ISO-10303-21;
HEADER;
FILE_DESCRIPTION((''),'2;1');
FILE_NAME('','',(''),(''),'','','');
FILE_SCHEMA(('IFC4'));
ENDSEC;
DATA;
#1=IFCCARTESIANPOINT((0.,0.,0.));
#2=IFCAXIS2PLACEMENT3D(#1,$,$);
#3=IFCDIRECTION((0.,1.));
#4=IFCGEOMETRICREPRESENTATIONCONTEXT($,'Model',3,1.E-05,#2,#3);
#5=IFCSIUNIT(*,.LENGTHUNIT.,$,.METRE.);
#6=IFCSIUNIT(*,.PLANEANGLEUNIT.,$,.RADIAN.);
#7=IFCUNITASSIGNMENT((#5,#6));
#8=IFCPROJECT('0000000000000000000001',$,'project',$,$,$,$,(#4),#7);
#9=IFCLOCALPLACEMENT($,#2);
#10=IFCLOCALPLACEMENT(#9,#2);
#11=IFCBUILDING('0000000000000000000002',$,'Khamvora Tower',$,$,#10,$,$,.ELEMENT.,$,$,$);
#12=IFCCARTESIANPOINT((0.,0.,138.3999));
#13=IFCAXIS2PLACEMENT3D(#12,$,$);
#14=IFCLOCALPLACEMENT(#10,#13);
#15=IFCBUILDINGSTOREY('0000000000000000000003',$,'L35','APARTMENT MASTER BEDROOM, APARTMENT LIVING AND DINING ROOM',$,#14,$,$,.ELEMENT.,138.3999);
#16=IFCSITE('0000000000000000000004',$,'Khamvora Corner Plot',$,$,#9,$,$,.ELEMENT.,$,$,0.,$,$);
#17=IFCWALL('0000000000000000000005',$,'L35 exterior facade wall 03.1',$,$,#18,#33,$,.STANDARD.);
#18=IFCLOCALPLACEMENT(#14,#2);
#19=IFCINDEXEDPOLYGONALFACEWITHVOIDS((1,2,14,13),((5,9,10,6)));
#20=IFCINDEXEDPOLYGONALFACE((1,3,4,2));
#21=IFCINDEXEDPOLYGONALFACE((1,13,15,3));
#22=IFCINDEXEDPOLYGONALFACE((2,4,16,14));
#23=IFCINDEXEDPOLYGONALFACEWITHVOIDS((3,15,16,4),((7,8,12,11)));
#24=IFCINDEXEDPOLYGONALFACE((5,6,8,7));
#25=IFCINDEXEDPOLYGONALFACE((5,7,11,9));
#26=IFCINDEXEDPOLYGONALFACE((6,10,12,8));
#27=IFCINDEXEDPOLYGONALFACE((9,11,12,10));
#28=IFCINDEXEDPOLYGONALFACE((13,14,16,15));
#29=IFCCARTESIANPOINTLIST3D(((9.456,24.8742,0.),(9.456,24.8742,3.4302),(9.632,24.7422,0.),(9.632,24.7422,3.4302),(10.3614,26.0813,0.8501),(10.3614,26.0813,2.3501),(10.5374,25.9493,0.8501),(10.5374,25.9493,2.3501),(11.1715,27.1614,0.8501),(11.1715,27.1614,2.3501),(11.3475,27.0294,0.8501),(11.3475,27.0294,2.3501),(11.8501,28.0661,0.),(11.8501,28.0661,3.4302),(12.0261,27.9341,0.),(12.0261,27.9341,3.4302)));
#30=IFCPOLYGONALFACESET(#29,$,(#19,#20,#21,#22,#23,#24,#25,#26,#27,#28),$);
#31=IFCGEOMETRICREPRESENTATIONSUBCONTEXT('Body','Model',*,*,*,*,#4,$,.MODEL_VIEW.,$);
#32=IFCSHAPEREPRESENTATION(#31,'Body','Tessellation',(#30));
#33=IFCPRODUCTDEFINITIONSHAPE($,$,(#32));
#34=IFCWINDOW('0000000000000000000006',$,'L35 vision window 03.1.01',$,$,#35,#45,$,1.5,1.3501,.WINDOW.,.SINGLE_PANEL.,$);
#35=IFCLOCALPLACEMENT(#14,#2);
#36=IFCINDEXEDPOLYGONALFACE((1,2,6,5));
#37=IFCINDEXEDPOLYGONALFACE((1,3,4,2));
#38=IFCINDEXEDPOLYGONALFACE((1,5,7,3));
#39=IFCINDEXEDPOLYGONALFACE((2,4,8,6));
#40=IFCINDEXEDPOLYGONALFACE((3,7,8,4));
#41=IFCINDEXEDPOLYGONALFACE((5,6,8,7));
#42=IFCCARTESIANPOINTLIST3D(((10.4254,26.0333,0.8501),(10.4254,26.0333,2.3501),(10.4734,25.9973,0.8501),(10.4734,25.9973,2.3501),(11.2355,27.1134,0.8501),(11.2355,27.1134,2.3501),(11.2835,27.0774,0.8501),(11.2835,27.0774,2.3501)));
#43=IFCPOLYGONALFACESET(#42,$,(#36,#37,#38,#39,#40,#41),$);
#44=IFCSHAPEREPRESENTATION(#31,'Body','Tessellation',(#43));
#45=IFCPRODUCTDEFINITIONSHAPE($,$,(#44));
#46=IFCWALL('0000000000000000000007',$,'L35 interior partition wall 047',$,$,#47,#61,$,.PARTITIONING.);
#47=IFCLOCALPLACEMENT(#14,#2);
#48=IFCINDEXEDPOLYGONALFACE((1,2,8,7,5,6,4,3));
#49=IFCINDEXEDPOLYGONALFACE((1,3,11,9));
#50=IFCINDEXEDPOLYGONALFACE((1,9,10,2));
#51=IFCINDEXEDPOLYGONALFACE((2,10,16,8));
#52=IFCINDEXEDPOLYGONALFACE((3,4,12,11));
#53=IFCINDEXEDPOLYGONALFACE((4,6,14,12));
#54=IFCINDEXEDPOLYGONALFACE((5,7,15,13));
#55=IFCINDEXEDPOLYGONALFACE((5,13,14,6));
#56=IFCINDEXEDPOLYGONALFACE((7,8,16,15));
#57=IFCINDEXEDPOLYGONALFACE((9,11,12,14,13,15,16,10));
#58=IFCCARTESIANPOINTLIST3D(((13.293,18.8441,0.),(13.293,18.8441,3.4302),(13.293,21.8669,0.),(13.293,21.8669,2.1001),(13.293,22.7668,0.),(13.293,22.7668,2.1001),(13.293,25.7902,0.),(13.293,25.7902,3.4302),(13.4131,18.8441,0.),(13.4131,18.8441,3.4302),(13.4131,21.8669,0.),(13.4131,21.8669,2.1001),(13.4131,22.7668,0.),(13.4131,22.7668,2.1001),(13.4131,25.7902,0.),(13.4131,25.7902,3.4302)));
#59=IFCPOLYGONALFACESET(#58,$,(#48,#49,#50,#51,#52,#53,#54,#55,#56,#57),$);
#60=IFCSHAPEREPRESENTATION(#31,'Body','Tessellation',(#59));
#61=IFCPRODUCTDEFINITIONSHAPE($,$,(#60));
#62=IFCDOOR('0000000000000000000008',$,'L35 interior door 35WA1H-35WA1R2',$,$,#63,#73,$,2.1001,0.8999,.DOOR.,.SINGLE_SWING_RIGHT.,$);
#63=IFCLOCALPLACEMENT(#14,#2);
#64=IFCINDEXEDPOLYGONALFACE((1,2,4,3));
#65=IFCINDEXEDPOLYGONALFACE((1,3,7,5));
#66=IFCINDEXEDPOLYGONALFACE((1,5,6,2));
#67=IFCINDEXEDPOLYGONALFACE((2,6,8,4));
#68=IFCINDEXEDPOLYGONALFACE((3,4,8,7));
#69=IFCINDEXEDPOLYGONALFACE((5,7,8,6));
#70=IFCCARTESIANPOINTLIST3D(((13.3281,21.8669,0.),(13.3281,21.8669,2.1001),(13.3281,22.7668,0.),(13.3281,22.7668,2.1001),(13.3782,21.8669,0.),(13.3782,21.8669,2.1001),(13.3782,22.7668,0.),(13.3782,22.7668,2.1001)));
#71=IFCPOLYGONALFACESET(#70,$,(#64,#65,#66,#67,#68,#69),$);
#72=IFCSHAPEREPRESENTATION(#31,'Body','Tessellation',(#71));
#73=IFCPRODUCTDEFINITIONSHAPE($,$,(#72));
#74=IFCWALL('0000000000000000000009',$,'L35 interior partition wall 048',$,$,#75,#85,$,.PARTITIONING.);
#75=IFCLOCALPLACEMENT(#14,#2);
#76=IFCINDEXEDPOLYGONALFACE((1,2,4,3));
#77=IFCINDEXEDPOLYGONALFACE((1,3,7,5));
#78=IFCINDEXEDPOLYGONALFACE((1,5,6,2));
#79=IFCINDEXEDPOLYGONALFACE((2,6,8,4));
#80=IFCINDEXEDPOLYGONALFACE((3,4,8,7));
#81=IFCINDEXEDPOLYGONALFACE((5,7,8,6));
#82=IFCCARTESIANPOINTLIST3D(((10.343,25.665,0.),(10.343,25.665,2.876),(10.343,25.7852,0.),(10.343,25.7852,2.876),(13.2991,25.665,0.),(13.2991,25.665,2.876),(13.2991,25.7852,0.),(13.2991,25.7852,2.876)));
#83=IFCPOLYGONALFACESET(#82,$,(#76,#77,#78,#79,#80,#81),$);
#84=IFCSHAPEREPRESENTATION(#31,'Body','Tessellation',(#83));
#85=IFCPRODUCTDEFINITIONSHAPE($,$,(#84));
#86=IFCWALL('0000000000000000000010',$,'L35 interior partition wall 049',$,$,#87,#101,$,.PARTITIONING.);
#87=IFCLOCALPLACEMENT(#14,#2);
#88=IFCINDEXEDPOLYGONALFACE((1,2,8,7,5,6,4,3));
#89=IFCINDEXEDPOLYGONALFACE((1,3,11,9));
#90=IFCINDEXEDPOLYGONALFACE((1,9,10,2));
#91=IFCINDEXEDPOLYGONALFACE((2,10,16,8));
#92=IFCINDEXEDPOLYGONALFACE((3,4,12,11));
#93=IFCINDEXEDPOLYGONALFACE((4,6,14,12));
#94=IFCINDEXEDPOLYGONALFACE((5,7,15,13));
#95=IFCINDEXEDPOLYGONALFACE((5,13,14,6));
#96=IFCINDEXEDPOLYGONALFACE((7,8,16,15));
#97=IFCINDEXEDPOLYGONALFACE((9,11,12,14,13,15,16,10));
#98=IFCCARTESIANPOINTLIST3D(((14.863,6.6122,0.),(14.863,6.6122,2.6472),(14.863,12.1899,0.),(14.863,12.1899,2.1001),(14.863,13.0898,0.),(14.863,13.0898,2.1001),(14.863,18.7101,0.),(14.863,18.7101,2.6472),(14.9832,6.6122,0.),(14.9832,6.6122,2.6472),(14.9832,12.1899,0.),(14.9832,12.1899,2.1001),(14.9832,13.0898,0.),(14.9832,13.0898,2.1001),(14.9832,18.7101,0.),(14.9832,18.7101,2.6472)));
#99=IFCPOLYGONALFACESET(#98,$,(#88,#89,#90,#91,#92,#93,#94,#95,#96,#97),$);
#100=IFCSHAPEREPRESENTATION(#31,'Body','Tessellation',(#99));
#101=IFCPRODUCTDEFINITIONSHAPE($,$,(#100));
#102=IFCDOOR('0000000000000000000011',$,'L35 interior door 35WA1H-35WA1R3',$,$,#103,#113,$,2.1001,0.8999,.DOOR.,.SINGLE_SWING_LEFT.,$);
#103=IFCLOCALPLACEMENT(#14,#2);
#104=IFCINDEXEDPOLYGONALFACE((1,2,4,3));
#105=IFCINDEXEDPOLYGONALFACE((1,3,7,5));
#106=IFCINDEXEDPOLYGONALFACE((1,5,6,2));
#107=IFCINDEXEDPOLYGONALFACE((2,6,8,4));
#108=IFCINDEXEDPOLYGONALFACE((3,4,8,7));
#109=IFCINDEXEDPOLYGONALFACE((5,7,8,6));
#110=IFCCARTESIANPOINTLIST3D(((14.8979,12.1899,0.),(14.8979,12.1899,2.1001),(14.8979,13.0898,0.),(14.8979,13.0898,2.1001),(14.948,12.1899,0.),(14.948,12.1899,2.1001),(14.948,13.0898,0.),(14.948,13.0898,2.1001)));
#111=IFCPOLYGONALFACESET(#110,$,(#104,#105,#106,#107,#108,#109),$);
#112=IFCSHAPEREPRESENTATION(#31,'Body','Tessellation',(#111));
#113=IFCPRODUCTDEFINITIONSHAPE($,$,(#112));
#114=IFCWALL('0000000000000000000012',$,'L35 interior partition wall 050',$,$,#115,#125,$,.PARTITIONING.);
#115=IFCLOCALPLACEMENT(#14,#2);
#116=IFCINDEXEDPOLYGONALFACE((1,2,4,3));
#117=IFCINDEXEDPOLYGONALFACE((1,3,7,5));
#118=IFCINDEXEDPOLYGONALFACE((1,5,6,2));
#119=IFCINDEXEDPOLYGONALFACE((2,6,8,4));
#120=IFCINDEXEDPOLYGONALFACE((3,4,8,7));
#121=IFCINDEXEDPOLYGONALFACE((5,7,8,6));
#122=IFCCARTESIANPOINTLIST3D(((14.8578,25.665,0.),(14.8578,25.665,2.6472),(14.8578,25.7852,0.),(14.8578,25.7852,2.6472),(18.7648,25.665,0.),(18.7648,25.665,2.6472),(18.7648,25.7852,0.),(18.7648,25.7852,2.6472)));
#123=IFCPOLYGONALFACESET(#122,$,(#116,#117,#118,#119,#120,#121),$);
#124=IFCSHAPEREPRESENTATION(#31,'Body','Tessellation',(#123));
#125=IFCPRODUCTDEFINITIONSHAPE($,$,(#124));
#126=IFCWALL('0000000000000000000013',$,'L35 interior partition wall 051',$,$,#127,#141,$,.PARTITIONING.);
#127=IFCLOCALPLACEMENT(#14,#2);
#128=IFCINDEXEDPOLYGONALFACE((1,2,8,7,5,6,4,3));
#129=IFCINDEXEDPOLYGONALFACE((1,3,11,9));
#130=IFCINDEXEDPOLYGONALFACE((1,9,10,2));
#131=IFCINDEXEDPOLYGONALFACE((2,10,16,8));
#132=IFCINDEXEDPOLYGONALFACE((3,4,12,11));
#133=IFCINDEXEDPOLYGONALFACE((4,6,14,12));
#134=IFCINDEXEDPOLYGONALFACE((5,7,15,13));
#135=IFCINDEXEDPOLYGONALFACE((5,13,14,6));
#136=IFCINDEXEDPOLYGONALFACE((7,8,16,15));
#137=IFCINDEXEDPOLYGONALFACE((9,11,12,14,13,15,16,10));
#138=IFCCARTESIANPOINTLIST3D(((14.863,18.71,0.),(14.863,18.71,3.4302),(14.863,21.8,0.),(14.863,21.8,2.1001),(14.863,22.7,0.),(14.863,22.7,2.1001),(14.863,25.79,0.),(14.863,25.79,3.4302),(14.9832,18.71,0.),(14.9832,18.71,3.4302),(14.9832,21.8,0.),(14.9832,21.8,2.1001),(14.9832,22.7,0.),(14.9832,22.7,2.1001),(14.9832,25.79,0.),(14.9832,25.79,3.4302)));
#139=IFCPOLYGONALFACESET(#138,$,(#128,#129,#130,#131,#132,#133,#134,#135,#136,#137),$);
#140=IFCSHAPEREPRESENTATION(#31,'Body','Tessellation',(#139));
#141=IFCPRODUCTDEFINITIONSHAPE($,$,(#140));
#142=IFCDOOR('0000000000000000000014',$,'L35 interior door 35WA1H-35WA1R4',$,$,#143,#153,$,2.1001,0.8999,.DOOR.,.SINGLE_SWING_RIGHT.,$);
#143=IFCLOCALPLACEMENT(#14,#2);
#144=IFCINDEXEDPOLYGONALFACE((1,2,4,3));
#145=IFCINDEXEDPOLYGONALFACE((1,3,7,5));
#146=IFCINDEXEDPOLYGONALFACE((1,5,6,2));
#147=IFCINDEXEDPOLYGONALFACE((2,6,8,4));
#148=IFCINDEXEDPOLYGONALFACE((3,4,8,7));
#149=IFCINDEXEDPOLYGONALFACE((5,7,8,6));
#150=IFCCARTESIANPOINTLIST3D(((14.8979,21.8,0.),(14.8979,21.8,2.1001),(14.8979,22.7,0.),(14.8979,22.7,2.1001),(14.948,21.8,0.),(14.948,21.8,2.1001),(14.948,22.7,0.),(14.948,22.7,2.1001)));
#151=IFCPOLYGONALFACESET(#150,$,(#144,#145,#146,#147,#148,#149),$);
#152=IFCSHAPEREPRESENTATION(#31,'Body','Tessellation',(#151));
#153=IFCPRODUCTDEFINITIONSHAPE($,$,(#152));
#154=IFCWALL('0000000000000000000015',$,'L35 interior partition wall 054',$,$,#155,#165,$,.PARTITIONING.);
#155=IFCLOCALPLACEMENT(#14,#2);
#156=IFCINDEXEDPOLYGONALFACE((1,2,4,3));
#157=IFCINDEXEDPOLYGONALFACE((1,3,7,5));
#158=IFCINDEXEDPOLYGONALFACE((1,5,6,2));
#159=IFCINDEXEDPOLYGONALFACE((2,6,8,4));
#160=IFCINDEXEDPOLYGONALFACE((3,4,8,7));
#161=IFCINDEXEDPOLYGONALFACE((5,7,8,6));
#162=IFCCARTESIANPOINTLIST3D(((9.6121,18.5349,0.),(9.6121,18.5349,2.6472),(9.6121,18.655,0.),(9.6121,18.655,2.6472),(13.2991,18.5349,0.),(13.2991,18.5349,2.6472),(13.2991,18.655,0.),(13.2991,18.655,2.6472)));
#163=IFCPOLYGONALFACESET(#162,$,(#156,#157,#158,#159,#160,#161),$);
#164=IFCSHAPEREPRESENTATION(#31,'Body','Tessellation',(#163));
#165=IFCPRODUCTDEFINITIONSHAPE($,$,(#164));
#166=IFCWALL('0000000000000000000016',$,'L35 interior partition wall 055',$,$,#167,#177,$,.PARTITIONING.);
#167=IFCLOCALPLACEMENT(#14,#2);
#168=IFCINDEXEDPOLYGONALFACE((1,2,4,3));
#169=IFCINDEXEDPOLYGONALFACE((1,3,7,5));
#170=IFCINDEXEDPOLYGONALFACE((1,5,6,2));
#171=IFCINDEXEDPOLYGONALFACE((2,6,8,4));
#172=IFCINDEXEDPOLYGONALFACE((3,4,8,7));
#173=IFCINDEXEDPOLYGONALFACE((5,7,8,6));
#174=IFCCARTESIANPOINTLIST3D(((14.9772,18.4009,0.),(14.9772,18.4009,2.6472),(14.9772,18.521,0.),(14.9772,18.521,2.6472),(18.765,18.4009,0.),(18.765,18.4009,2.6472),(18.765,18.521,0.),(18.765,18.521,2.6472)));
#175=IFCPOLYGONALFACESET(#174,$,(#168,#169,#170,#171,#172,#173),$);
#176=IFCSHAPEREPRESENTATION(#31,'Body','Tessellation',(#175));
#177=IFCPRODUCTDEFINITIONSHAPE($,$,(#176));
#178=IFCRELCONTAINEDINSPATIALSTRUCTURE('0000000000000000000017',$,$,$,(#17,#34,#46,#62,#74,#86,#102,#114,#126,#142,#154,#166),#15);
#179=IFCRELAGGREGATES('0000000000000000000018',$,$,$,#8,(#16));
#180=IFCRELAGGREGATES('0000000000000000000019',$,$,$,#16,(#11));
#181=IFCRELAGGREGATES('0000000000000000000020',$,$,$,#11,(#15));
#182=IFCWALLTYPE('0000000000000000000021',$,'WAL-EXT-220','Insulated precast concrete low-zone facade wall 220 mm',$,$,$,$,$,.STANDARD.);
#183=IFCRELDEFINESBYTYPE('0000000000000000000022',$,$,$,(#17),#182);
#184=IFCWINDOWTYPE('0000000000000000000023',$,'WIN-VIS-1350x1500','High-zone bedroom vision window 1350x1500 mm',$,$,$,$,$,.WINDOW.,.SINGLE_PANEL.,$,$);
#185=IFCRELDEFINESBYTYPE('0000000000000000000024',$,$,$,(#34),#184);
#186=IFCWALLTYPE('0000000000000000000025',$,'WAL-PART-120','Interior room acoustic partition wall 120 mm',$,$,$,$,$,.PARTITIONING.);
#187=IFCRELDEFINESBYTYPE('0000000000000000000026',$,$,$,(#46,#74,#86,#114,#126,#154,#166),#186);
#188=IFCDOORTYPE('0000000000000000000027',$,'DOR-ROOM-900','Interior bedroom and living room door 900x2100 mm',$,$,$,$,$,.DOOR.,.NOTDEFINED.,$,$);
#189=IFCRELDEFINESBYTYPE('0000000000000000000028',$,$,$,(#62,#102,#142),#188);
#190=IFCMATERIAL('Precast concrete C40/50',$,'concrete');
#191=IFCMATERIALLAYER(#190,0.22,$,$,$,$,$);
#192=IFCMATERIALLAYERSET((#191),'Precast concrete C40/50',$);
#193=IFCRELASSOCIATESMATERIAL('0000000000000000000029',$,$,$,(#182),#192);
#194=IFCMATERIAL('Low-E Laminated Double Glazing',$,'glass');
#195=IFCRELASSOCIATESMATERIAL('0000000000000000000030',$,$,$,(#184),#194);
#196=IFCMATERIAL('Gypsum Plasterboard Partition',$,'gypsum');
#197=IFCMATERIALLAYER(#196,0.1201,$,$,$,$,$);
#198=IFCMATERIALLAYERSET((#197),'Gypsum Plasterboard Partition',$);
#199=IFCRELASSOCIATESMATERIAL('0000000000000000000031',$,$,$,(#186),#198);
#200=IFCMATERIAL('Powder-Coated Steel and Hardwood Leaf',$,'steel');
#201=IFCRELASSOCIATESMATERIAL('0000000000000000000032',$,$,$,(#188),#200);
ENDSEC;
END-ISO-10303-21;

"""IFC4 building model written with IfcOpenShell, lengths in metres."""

from ifc_helpers import new_model, si_unit, direction, frame, frame_2d, origin, place, context, subcontext, project, spatial, rectangle, extrude, material, layer, layer_set, type_object, element, fill, save


model = new_model("IFC4")

# Units and contexts
model_context = context("Model", 3, precision=1e-05, world=origin(), true_north=direction((0.0, 1.0)))
body_context = subcontext(model_context, "Body", "Model", "MODEL_VIEW")
ifc_project = project(units=[si_unit("LENGTHUNIT", "METRE"), si_unit("PLANEANGLEUNIT", "RADIAN")], contexts=[model_context])

# Site, building, storey
site_placement = place(None, origin())
site = spatial("IfcSite", under=ifc_project, at=site_placement, Name="Khamvora Corner Plot", CompositionType="ELEMENT", RefElevation=0.0)
building_placement = place(site_placement, origin())
building = spatial("IfcBuilding", under=site, at=building_placement, Name="Khamvora Tower", CompositionType="ELEMENT")
storey_placement = place(building_placement, frame((0.0, 0.0, 138.3999)))
storey = spatial("IfcBuildingStorey", under=building, at=storey_placement, Name="L35", Description="APARTMENT MASTER BEDROOM, APARTMENT LIVING AND DINING ROOM", CompositionType="ELEMENT", Elevation=138.3999)

# Wall, opening, window
ifc_material_1 = material(Name="Precast concrete C40/50", Category="concrete")
ifc_layer_1 = layer(ifc_material_1, 0.22)
ifc_layer_set_1 = layer_set([ifc_layer_1], Name="Precast concrete C40/50")
wall_type_1 = type_object("IfcWallType", Name="WAL-EXT-220", Description="Insulated precast concrete low-zone facade wall 220 mm", PredefinedType="STANDARD", material=ifc_layer_set_1)
wall_1_placement = place(storey_placement, frame((9.5439, 24.8081, 0.0), z_axis=(0.0, 0.0, 1.0), x_axis=(0.60002, 0.799985, 0.0)))
wall_1 = element("IfcWall", 1, at=wall_1_placement, inside=storey, type_object=wall_type_1, Name="L35 exterior facade wall 03.1", PredefinedType="STANDARD", context=body_context, shape_type="SweptSolid", body=[
    extrude(rectangle(XDim=3.99, YDim=0.22, at=frame_2d((1.9951, 0.0))), origin(), (0.0, 0.0, 1.0), 3.4302),
])
opening_1_placement = place(wall_1_placement, frame((1.509, 0.0, 0.8501)))
opening_1 = element("IfcOpeningElement", 2, at=opening_1_placement, cuts=wall_1, PredefinedType="OPENING", context=body_context, shape_type="SweptSolid", body=[
    extrude(rectangle(XDim=1.3501, YDim=1.5, at=frame_2d((0.675, 0.75))), frame((0.0, 0.1199, 0.0), z_axis=(0.0, -1.0, 0.0), x_axis=(1.0, 0.0, 0.0)), (0.0, 0.0, 1.0), 0.24),
])
ifc_material_2 = material(Name="Low-E Laminated Double Glazing", Category="glass")
window_type = type_object("IfcWindowType", Name="WIN-VIS-1350x1500", Description="High-zone bedroom vision window 1350x1500 mm", PartitioningType="SINGLE_PANEL", PredefinedType="WINDOW", material=ifc_material_2)
window_placement = place(opening_1_placement, origin())
window = element("IfcWindow", 3, at=window_placement, inside=storey, type_object=window_type, Name="L35 vision window 03.1.01", OverallHeight=1.5, OverallWidth=1.3501, PartitioningType="SINGLE_PANEL", PredefinedType="WINDOW", context=body_context, shape_type="SweptSolid", body=[
    extrude(rectangle(XDim=1.3501, YDim=1.5, at=frame_2d((0.675, 0.75))), frame((0.0, 0.03, 0.0), z_axis=(0.0, -1.0, 0.0), x_axis=(1.0, 0.0, 0.0)), (0.0, 0.0, 1.0), 0.0601),
])
fill(opening_1, window)

# Wall, opening, door
ifc_material_3 = material(Name="Gypsum Plasterboard Partition", Category="gypsum")
ifc_layer_2 = layer(ifc_material_3, 0.1201)
ifc_layer_set_2 = layer_set([ifc_layer_2], Name="Gypsum Plasterboard Partition")
wall_type_2 = type_object("IfcWallType", Name="WAL-PART-120", Description="Interior room acoustic partition wall 120 mm", PredefinedType="PARTITIONING", material=ifc_layer_set_2)
wall_2_placement = place(storey_placement, frame((13.353, 18.844, 0.0), z_axis=(0.0, 0.0, 1.0), x_axis=(0.0, 1.0, 0.0)))
wall_2 = element("IfcWall", 4, at=wall_2_placement, inside=storey, type_object=wall_type_2, Name="L35 interior partition wall 047", PredefinedType="PARTITIONING", context=body_context, shape_type="SweptSolid", body=[
    extrude(rectangle(XDim=6.946, YDim=0.1201, at=frame_2d((3.4731, 0.0))), origin(), (0.0, 0.0, 1.0), 3.4302),
])
opening_2_placement = place(wall_2_placement, frame((3.0229, 0.0, 0.0)))
opening_2 = element("IfcOpeningElement", 5, at=opening_2_placement, cuts=wall_2, PredefinedType="OPENING", context=body_context, shape_type="SweptSolid", body=[
    extrude(rectangle(XDim=0.8999, YDim=2.1001, at=frame_2d((0.45, 1.05))), frame((0.0, 0.0701, 0.0), z_axis=(0.0, -1.0, 0.0), x_axis=(1.0, 0.0, 0.0)), (0.0, 0.0, 1.0), 0.1401),
])
ifc_material_4 = material(Name="Powder-Coated Steel and Hardwood Leaf", Category="steel")
door_type_1 = type_object("IfcDoorType", Name="DOR-ROOM-900", Description="Interior bedroom and living room door 900x2100 mm", OperationType="NOTDEFINED", PredefinedType="DOOR", material=ifc_material_4)
door_1_placement = place(opening_2_placement, origin())
door_1 = element("IfcDoor", 6, at=door_1_placement, inside=storey, type_object=door_type_1, Name="L35 interior door 35WA1H-35WA1R2", OperationType="SINGLE_SWING_RIGHT", OverallHeight=2.1001, OverallWidth=0.8999, PredefinedType="DOOR", context=body_context, shape_type="SweptSolid", body=[
    extrude(rectangle(XDim=0.8999, YDim=2.1001, at=frame_2d((0.45, 1.05))), frame((0.0, 0.0249, 0.0), z_axis=(0.0, -1.0, 0.0), x_axis=(1.0, 0.0, 0.0)), (0.0, 0.0, 1.0), 0.05),
])
fill(opening_2, door_1)

# Wall
wall_3_placement = place(storey_placement, frame((13.2991, 25.7251, 0.0), z_axis=(0.0, 0.0, 1.0), x_axis=(-1.0, 0.0, 0.0)))
element("IfcWall", 7, at=wall_3_placement, inside=storey, type_object=wall_type_2, Name="L35 interior partition wall 048", PredefinedType="PARTITIONING", context=body_context, shape_type="SweptSolid", body=[
    extrude(rectangle(XDim=2.9561, YDim=0.1201, at=frame_2d((1.478, 0.0))), origin(), (0.0, 0.0, 1.0), 2.876),
])

# Wall, opening, door
wall_4_placement = place(storey_placement, frame((14.9231, 18.71, 0.0), z_axis=(0.0, 0.0, 1.0), x_axis=(0.0, -1.0, 0.0)))
wall_4 = element("IfcWall", 8, at=wall_4_placement, inside=storey, type_object=wall_type_2, Name="L35 interior partition wall 049", PredefinedType="PARTITIONING", context=body_context, shape_type="SweptSolid", body=[
    extrude(rectangle(XDim=12.0979, YDim=0.1201, at=frame_2d((6.0488, 0.0))), origin(), (0.0, 0.0, 1.0), 2.6472),
])
opening_3_placement = place(wall_4_placement, frame((5.6201, 0.0, 0.0)))
opening_3 = element("IfcOpeningElement", 9, at=opening_3_placement, cuts=wall_4, PredefinedType="OPENING", context=body_context, shape_type="SweptSolid", body=[
    extrude(rectangle(XDim=0.8999, YDim=2.1001, at=frame_2d((0.45, 1.05))), frame((0.0, 0.0701, 0.0), z_axis=(0.0, -1.0, 0.0), x_axis=(1.0, 0.0, 0.0)), (0.0, 0.0, 1.0), 0.1401),
])
door_2_placement = place(opening_3_placement, origin())
door_2 = element("IfcDoor", 10, at=door_2_placement, inside=storey, type_object=door_type_1, Name="L35 interior door 35WA1H-35WA1R3", OperationType="SINGLE_SWING_LEFT", OverallHeight=2.1001, OverallWidth=0.8999, PredefinedType="DOOR", context=body_context, shape_type="SweptSolid", body=[
    extrude(rectangle(XDim=0.8999, YDim=2.1001, at=frame_2d((0.45, 1.05))), frame((0.0, 0.0249, 0.0), z_axis=(0.0, -1.0, 0.0), x_axis=(1.0, 0.0, 0.0)), (0.0, 0.0, 1.0), 0.05),
])
fill(opening_3, door_2)

# Wall
wall_5_placement = place(storey_placement, frame((18.7649, 25.7251, 0.0), z_axis=(0.0, 0.0, 1.0), x_axis=(-1.0, 0.0, 0.0)))
element("IfcWall", 11, at=wall_5_placement, inside=storey, type_object=wall_type_2, Name="L35 interior partition wall 050", PredefinedType="PARTITIONING", context=body_context, shape_type="SweptSolid", body=[
    extrude(rectangle(XDim=3.907, YDim=0.1201, at=frame_2d((1.9536, 0.0))), origin(), (0.0, 0.0, 1.0), 2.6472),
])

# Wall, opening, door
wall_6_placement = place(storey_placement, frame((14.9231, 25.79, 0.0), z_axis=(0.0, 0.0, 1.0), x_axis=(0.0, -1.0, 0.0)))
wall_6 = element("IfcWall", 12, at=wall_6_placement, inside=storey, type_object=wall_type_2, Name="L35 interior partition wall 051", PredefinedType="PARTITIONING", context=body_context, shape_type="SweptSolid", body=[
    extrude(rectangle(XDim=7.0801, YDim=0.1201, at=frame_2d((3.54, 0.0))), origin(), (0.0, 0.0, 1.0), 3.4302),
])
opening_4_placement = place(wall_6_placement, frame((3.0901, 0.0, 0.0)))
opening_4 = element("IfcOpeningElement", 13, at=opening_4_placement, cuts=wall_6, PredefinedType="OPENING", context=body_context, shape_type="SweptSolid", body=[
    extrude(rectangle(XDim=0.8999, YDim=2.1001, at=frame_2d((0.45, 1.05))), frame((0.0, 0.0701, 0.0), z_axis=(0.0, -1.0, 0.0), x_axis=(1.0, 0.0, 0.0)), (0.0, 0.0, 1.0), 0.1401),
])
door_3_placement = place(opening_4_placement, origin())
door_3 = element("IfcDoor", 14, at=door_3_placement, inside=storey, type_object=door_type_1, Name="L35 interior door 35WA1H-35WA1R4", OperationType="SINGLE_SWING_RIGHT", OverallHeight=2.1001, OverallWidth=0.8999, PredefinedType="DOOR", context=body_context, shape_type="SweptSolid", body=[
    extrude(rectangle(XDim=0.8999, YDim=2.1001, at=frame_2d((0.45, 1.05))), frame((0.0, 0.0249, 0.0), z_axis=(0.0, -1.0, 0.0), x_axis=(1.0, 0.0, 0.0)), (0.0, 0.0, 1.0), 0.05),
])
fill(opening_4, door_3)

# Walls
wall_7_placement = place(storey_placement, frame((9.6121, 18.595, 0.0), z_axis=(0.0, 0.0, 1.0), x_axis=(1.0, 0.0, 0.0)))
element("IfcWall", 15, at=wall_7_placement, inside=storey, type_object=wall_type_2, Name="L35 interior partition wall 054", PredefinedType="PARTITIONING", context=body_context, shape_type="SweptSolid", body=[
    extrude(rectangle(XDim=3.687, YDim=0.1201, at=frame_2d((1.8435, 0.0))), origin(), (0.0, 0.0, 1.0), 2.6472),
])
wall_8_placement = place(storey_placement, frame((14.9771, 18.4609, 0.0), z_axis=(0.0, 0.0, 1.0), x_axis=(1.0, 0.0, 0.0)))
element("IfcWall", 16, at=wall_8_placement, inside=storey, type_object=wall_type_2, Name="L35 interior partition wall 055", PredefinedType="PARTITIONING", context=body_context, shape_type="SweptSolid", body=[
    extrude(rectangle(XDim=3.7878, YDim=0.1201, at=frame_2d((1.894, 0.0))), origin(), (0.0, 0.0, 1.0), 2.6472),
])

save(model, "model.ifc")
